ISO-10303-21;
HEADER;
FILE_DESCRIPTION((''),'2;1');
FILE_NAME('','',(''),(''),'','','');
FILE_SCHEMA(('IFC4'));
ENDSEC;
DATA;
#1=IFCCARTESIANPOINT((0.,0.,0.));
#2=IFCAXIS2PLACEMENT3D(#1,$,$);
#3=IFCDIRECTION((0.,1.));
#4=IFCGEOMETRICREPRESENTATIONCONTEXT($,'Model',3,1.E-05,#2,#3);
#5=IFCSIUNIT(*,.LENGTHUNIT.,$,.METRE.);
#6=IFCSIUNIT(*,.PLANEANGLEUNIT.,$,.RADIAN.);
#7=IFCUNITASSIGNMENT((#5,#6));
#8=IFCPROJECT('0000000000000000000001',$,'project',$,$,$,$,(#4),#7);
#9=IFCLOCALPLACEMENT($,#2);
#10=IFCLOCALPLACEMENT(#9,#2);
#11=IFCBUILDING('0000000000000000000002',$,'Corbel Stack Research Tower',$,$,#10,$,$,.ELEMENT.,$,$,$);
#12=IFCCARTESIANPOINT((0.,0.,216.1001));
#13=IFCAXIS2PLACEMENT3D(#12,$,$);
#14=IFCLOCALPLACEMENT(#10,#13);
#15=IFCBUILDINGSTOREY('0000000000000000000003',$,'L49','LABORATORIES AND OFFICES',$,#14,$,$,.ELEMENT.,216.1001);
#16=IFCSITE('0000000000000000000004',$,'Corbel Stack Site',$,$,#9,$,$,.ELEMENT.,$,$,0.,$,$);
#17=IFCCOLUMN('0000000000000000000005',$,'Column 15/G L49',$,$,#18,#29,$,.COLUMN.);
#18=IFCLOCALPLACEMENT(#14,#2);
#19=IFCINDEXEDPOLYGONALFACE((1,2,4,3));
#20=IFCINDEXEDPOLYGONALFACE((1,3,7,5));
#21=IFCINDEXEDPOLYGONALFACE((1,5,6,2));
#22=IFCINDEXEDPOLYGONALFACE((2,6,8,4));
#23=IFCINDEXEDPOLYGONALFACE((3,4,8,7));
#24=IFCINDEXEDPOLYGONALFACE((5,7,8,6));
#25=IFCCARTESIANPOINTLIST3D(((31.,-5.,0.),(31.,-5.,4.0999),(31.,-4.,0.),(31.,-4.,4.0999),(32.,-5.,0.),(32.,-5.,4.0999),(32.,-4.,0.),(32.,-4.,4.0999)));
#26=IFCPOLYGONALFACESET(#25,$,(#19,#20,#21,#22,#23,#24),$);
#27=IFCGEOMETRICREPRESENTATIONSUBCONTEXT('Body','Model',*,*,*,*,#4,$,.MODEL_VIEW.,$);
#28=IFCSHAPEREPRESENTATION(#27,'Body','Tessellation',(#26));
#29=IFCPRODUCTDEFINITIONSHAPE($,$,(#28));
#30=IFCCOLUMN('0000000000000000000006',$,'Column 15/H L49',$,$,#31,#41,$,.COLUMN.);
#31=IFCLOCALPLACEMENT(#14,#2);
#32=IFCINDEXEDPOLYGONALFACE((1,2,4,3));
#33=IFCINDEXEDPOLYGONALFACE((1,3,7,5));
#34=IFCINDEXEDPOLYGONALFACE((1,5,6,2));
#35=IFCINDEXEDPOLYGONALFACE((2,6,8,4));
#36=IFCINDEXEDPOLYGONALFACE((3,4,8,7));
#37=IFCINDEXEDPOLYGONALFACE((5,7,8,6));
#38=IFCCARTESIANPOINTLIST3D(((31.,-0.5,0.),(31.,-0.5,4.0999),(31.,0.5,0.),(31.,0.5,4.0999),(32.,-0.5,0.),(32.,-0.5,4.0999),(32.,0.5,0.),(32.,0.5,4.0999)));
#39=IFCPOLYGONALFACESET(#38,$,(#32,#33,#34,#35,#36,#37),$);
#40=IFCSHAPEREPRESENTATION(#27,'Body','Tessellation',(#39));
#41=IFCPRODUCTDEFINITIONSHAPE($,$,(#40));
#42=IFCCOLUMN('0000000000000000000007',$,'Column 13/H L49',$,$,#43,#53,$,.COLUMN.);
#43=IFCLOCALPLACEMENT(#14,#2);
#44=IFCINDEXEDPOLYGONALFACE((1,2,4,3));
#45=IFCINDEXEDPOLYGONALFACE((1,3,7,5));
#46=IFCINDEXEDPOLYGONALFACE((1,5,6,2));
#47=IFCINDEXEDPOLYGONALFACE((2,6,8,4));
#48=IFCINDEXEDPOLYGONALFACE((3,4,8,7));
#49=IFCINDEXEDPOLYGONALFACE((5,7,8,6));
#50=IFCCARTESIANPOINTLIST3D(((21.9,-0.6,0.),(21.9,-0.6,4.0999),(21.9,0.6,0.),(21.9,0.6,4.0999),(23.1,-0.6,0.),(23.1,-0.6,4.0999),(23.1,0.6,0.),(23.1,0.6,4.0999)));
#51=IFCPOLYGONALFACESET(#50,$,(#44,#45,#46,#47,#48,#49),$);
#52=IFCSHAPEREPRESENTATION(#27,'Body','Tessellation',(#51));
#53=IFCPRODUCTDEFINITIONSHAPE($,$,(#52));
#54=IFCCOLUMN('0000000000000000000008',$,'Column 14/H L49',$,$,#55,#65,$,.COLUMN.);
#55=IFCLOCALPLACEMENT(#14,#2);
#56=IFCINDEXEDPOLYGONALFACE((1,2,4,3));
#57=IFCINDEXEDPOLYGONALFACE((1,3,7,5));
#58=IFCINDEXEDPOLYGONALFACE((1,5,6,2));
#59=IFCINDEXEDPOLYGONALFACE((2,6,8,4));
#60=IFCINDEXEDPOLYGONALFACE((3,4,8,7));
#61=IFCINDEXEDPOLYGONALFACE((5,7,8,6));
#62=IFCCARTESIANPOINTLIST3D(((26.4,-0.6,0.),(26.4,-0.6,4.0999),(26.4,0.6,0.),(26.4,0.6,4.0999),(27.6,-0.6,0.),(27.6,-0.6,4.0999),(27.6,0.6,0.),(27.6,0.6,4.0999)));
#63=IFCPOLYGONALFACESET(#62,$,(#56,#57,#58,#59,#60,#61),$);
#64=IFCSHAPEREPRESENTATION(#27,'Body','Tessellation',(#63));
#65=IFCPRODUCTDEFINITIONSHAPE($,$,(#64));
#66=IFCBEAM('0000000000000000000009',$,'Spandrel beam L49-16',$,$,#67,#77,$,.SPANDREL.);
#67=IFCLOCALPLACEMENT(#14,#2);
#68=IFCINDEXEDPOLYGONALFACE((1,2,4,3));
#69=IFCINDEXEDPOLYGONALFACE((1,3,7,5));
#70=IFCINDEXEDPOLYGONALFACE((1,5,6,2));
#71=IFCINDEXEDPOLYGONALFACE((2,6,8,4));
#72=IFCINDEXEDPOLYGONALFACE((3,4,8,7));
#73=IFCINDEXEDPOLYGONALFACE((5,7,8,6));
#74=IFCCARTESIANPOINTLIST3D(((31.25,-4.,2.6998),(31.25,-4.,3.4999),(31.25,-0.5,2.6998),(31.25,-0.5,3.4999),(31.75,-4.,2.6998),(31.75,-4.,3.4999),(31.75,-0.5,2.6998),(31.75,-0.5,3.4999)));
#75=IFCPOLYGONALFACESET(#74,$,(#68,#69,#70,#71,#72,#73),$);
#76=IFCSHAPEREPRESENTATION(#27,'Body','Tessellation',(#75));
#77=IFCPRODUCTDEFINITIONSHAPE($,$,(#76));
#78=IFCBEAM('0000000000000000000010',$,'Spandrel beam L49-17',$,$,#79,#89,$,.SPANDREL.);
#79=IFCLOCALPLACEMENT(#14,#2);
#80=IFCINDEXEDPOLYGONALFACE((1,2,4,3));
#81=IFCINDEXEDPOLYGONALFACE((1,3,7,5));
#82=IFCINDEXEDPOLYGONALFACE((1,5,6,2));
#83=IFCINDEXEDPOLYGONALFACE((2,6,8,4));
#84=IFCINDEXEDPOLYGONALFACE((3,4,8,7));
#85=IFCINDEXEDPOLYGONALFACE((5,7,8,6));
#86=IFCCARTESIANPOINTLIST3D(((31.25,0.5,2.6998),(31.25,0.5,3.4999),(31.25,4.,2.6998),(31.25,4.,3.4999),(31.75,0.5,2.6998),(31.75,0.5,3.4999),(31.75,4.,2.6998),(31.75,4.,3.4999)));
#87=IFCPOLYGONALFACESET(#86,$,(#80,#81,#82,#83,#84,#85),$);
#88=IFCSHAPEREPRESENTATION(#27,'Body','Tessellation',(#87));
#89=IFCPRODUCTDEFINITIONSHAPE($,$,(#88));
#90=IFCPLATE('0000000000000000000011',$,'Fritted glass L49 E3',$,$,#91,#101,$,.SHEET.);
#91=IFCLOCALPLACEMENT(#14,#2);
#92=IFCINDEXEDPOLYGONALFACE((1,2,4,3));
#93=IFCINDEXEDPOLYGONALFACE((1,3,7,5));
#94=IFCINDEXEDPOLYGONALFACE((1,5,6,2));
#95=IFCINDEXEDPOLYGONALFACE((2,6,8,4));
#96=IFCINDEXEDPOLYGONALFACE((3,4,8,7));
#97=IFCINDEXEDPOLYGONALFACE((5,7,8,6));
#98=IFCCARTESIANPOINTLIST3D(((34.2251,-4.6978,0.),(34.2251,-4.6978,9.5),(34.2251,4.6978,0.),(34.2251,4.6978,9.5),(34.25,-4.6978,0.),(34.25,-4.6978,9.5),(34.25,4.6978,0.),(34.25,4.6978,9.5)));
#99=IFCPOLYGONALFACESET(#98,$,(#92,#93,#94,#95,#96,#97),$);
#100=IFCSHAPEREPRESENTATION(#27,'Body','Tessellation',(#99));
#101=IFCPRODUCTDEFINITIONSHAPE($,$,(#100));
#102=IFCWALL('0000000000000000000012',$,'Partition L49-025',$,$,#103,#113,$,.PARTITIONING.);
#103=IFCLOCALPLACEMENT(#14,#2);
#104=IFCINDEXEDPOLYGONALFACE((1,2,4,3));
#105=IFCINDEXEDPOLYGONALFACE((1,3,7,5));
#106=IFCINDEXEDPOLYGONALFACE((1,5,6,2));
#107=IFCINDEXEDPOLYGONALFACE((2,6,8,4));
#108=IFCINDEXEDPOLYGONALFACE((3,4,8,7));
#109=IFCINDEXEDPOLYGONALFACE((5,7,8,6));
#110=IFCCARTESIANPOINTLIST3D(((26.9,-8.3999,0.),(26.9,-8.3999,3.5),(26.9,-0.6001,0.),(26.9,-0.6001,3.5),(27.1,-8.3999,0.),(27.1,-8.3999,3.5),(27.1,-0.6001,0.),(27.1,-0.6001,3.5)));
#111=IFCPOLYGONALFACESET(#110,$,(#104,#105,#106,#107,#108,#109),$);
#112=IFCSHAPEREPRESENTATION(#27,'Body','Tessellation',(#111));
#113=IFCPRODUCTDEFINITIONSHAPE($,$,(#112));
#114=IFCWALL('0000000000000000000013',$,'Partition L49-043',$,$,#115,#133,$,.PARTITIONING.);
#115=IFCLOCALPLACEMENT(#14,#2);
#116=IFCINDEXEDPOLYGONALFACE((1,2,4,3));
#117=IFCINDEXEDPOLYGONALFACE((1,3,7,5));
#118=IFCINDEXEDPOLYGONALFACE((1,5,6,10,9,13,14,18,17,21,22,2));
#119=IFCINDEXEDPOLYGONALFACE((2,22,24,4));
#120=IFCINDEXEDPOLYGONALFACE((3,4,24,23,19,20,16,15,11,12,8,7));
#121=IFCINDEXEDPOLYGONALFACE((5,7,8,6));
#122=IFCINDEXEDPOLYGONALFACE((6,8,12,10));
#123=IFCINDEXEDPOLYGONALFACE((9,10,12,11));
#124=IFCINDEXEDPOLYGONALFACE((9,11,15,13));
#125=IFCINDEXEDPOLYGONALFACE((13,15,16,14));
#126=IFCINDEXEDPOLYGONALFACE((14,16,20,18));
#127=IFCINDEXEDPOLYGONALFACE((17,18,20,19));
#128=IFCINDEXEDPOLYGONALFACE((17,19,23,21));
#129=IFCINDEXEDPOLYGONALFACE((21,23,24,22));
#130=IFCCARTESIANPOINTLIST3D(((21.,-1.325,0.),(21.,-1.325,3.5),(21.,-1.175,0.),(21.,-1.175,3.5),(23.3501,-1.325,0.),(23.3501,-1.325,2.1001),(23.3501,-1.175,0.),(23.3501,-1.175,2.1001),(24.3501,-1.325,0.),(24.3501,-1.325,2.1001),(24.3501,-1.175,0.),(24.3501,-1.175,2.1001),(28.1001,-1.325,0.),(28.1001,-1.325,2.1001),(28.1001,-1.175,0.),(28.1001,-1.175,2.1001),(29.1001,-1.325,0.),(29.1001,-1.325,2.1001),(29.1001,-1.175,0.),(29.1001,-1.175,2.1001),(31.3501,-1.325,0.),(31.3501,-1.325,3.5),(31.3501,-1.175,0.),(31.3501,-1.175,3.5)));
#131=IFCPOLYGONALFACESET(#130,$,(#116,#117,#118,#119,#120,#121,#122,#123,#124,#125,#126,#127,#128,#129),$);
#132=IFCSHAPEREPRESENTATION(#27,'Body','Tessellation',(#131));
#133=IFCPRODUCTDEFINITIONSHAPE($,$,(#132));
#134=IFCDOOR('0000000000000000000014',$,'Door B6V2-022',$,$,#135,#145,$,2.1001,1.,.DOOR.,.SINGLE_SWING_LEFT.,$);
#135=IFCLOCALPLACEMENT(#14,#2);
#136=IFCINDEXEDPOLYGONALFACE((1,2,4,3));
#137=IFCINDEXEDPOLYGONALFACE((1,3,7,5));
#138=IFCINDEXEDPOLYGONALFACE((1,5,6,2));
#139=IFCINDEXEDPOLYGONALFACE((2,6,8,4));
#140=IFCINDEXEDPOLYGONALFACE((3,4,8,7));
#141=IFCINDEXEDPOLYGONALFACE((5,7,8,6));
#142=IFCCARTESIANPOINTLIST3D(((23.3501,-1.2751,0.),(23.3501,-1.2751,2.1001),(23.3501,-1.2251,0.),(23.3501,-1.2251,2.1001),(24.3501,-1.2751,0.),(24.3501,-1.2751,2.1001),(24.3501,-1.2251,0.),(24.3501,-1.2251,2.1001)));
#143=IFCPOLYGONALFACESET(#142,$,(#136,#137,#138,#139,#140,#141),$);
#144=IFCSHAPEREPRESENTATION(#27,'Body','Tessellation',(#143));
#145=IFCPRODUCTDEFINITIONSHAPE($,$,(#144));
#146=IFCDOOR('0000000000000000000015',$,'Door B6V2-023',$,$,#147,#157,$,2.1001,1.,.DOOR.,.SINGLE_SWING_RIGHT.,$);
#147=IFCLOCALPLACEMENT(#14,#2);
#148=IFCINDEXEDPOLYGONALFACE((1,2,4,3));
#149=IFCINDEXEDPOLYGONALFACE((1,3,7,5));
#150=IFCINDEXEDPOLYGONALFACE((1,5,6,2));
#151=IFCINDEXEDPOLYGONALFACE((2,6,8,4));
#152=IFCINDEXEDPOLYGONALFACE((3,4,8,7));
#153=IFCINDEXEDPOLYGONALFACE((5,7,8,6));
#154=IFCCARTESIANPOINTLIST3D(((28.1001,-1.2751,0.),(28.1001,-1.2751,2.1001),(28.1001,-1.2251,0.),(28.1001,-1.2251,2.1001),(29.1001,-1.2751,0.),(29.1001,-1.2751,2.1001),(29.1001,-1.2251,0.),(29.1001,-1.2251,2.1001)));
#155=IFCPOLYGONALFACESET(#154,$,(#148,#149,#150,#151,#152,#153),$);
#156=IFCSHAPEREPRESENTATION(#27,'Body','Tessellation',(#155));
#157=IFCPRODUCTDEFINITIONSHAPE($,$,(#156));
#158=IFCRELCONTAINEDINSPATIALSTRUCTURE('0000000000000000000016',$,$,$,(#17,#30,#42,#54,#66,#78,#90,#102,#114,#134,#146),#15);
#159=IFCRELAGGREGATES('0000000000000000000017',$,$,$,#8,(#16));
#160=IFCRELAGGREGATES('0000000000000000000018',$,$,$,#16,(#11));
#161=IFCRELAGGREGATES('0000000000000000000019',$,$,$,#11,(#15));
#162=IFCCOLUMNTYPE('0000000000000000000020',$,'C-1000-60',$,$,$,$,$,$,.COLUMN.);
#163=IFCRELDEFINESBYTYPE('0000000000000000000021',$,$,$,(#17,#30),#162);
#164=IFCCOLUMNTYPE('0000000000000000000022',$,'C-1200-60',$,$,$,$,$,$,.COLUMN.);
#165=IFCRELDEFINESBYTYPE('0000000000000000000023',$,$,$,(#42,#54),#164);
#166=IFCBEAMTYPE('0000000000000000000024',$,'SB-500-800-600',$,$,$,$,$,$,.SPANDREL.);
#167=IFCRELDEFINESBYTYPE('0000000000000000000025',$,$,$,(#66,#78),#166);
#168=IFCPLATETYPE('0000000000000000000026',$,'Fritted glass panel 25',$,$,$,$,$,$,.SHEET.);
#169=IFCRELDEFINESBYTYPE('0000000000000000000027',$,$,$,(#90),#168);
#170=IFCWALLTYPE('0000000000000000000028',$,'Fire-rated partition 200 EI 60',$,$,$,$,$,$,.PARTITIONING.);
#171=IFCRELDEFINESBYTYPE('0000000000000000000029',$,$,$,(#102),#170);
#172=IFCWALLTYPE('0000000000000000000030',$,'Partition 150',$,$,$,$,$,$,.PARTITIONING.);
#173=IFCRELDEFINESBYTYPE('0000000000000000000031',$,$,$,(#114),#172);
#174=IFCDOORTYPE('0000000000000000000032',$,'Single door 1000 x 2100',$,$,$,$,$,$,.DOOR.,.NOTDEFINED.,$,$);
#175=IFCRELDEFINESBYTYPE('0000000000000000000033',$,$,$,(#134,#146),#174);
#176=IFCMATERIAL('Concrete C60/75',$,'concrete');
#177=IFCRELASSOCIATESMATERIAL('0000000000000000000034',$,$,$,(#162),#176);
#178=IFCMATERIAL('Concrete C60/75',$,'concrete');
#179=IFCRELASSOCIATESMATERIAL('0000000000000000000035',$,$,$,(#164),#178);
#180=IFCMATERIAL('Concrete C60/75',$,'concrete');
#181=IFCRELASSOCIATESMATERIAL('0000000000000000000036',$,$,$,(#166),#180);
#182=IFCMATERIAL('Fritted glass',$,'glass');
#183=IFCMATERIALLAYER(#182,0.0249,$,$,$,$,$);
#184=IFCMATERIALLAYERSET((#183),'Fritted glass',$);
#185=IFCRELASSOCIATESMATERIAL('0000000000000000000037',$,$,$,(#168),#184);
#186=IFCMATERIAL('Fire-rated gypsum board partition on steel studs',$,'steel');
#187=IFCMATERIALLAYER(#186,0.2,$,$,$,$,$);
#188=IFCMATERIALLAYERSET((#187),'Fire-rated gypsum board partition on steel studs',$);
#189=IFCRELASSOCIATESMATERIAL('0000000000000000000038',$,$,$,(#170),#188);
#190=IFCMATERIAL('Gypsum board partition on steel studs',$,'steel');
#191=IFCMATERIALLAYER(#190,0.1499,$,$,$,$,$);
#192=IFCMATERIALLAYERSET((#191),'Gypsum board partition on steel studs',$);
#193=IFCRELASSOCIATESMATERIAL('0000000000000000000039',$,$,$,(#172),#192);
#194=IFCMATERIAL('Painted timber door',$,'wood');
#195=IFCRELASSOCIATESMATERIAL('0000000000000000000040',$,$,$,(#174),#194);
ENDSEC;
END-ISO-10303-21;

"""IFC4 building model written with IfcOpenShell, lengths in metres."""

from ifc_helpers import new_model, si_unit, direction, frame, frame_2d, origin, origin_2d, place, context, subcontext, project, spatial, rectangle, extrude, material, layer, layer_set, material_profile, profile_set, type_object, element, fill, save


model = new_model("IFC4")

# Units and contexts
model_context = context("Model", 3, precision=1e-05, world=origin(), true_north=direction((0.0, 1.0)))
body_context = subcontext(model_context, "Body", "Model", "MODEL_VIEW")
ifc_project = project(units=[si_unit("LENGTHUNIT", "METRE"), si_unit("PLANEANGLEUNIT", "RADIAN")], contexts=[model_context])

# Site, building, storey
site_placement = place(None, origin())
site = spatial("IfcSite", under=ifc_project, at=site_placement, Name="Corbel Stack Site", CompositionType="ELEMENT", RefElevation=0.0)
building_placement = place(site_placement, origin())
building = spatial("IfcBuilding", under=site, at=building_placement, Name="Corbel Stack Research Tower", CompositionType="ELEMENT")
storey_placement = place(building_placement, frame((0.0, 0.0, 216.1001)))
storey = spatial("IfcBuildingStorey", under=building, at=storey_placement, Name="L49", Description="LABORATORIES AND OFFICES", CompositionType="ELEMENT", Elevation=216.1001)

# Columns
ifc_material_1 = material(Name="Concrete C60/75", Category="concrete")
ifc_material_profile_1 = material_profile(ifc_material_1, rectangle(XDim=1.0, YDim=1.0, at=origin_2d()), Name="RC 1000 x 1000")
ifc_profile_set_1 = profile_set([ifc_material_profile_1], Name="Concrete C60/75")
column_type_1 = type_object("IfcColumnType", Name="C-1000-60", PredefinedType="COLUMN", material=ifc_profile_set_1)
for number, where, z_axis, x_axis, name in (
    (1, (31.5, -4.5, 0.0), (0.0, 0.0, 1.0), (1.0, 0.0, 0.0), "Column 15/G L49"),
    (2, (31.5, 0.0, 0.0), (0.0, 0.0, 1.0), (1.0, 0.0, 0.0), "Column 15/H L49"),
):
    element("IfcColumn", number, at=place(storey_placement, frame(where, z_axis=z_axis, x_axis=x_axis)), inside=storey, type_object=column_type_1, Name=name, PredefinedType="COLUMN", context=body_context, shape_type="SweptSolid", body=[
        extrude(rectangle(XDim=1.0, YDim=1.0, at=origin_2d()), origin(), (0.0, 0.0, 1.0), 4.0999),
    ])
ifc_material_2 = material(Name="Concrete C60/75", Category="concrete")
ifc_material_profile_2 = material_profile(ifc_material_2, rectangle(XDim=1.2, YDim=1.2, at=origin_2d()), Name="RC 1200 x 1200")
ifc_profile_set_2 = profile_set([ifc_material_profile_2], Name="Concrete C60/75")
column_type_2 = type_object("IfcColumnType", Name="C-1200-60", PredefinedType="COLUMN", material=ifc_profile_set_2)
for number, where, z_axis, x_axis, name in (
    (3, (22.5, 0.0, 0.0), (0.0, 0.0, 1.0), (1.0, 0.0, 0.0), "Column 13/H L49"),
    (4, (27.0, 0.0, 0.0), (0.0, 0.0, 1.0), (1.0, 0.0, 0.0), "Column 14/H L49"),
):
    element("IfcColumn", number, at=place(storey_placement, frame(where, z_axis=z_axis, x_axis=x_axis)), inside=storey, type_object=column_type_2, Name=name, PredefinedType="COLUMN", context=body_context, shape_type="SweptSolid", body=[
        extrude(rectangle(XDim=1.2, YDim=1.2, at=origin_2d()), origin(), (0.0, 0.0, 1.0), 4.0999),
    ])

# Beams
ifc_material_3 = material(Name="Concrete C60/75", Category="concrete")
ifc_material_profile_3 = material_profile(ifc_material_3, rectangle(XDim=0.5, YDim=0.8, at=origin_2d()), Name="RC 500 x 800")
ifc_profile_set_3 = profile_set([ifc_material_profile_3], Name="Concrete C60/75")
beam_type = type_object("IfcBeamType", Name="SB-500-800-600", PredefinedType="SPANDREL", material=ifc_profile_set_3)
for number, where, z_axis, x_axis, name in (
    (5, (31.5, -4.0, 3.0999), (0.0, 1.0, 0.0), (-1.0, 0.0, 0.0), "Spandrel beam L49-16"),
    (6, (31.5, 0.5, 3.0999), (0.0, 1.0, 0.0), (-1.0, 0.0, 0.0), "Spandrel beam L49-17"),
):
    element("IfcBeam", number, at=place(storey_placement, frame(where, z_axis=z_axis, x_axis=x_axis)), inside=storey, type_object=beam_type, Name=name, PredefinedType="SPANDREL", context=body_context, shape_type="SweptSolid", body=[
        extrude(rectangle(XDim=0.5, YDim=0.8, at=origin_2d()), origin(), (0.0, 0.0, 1.0), 3.5),
    ])

# Plate
ifc_material_4 = material(Name="Fritted glass", Category="glass")
ifc_layer_1 = layer(ifc_material_4, 0.0249)
ifc_layer_set_1 = layer_set([ifc_layer_1], Name="Fritted glass")
plate_type = type_object("IfcPlateType", Name="Fritted glass panel 25", PredefinedType="SHEET", material=ifc_layer_set_1)
plate_placement = place(storey_placement, frame((34.2375, 0.0, 0.0), z_axis=(0.0, 0.0, 1.0), x_axis=(0.0, 1.0, 0.0)))
element("IfcPlate", 7, at=plate_placement, inside=storey, type_object=plate_type, Name="Fritted glass L49 E3", PredefinedType="SHEET", context=body_context, shape_type="SweptSolid", body=[
    extrude(rectangle(XDim=9.3955, YDim=0.0249, at=origin_2d()), origin(), (0.0, 0.0, 1.0), 9.5),
])

# Wall
ifc_material_5 = material(Name="Fire-rated gypsum board partition on steel studs", Category="steel")
ifc_layer_2 = layer(ifc_material_5, 0.2)
ifc_layer_set_2 = layer_set([ifc_layer_2], Name="Fire-rated gypsum board partition on steel studs")
wall_type_1 = type_object("IfcWallType", Name="Fire-rated partition 200 EI 60", PredefinedType="PARTITIONING", material=ifc_layer_set_2)
wall_1_placement = place(storey_placement, frame((27.0, -8.3999, 0.0), z_axis=(0.0, 0.0, 1.0), x_axis=(0.0, 1.0, 0.0)))
element("IfcWall", 8, at=wall_1_placement, inside=storey, type_object=wall_type_1, Name="Partition L49-025", PredefinedType="PARTITIONING", context=body_context, shape_type="SweptSolid", body=[
    extrude(rectangle(XDim=7.7998, YDim=0.2, at=frame_2d((3.8999, 0.0))), origin(), (0.0, 0.0, 1.0), 3.5),
])

# Wall, openings, doors
ifc_material_6 = material(Name="Gypsum board partition on steel studs", Category="steel")
ifc_layer_3 = layer(ifc_material_6, 0.1499)
ifc_layer_set_3 = layer_set([ifc_layer_3], Name="Gypsum board partition on steel studs")
wall_type_2 = type_object("IfcWallType", Name="Partition 150", PredefinedType="PARTITIONING", material=ifc_layer_set_3)
wall_2_placement = place(storey_placement, frame((21.0, -1.25, 0.0), z_axis=(0.0, 0.0, 1.0), x_axis=(1.0, 0.0, 0.0)))
wall_2 = element("IfcWall", 9, at=wall_2_placement, inside=storey, type_object=wall_type_2, Name="Partition L49-043", PredefinedType="PARTITIONING", context=body_context, shape_type="SweptSolid", body=[
    extrude(rectangle(XDim=10.3501, YDim=0.1499, at=frame_2d((5.175, 0.0))), origin(), (0.0, 0.0, 1.0), 3.5),
])
opening_1_placement = place(wall_2_placement, frame((2.3501, 0.0, 0.0)))
opening_1 = element("IfcOpeningElement", 10, at=opening_1_placement, cuts=wall_2, PredefinedType="OPENING", context=body_context, shape_type="SweptSolid", body=[
    extrude(rectangle(XDim=1.0, YDim=2.1001, at=frame_2d((0.5, 1.05))), frame((0.0, 0.085, 0.0), z_axis=(0.0, -1.0, 0.0), x_axis=(1.0, 0.0, 0.0)), (0.0, 0.0, 1.0), 0.1699),
])
opening_2_placement = place(wall_2_placement, frame((7.1001, 0.0, 0.0)))
opening_2 = element("IfcOpeningElement", 11, at=opening_2_placement, cuts=wall_2, PredefinedType="OPENING", context=body_context, shape_type="SweptSolid", body=[
    extrude(rectangle(XDim=1.0, YDim=2.1001, at=frame_2d((0.5, 1.05))), frame((0.0, 0.085, 0.0), z_axis=(0.0, -1.0, 0.0), x_axis=(1.0, 0.0, 0.0)), (0.0, 0.0, 1.0), 0.1699),
])
ifc_material_7 = material(Name="Painted timber door", Category="wood")
door_type = type_object("IfcDoorType", Name="Single door 1000 x 2100", OperationType="NOTDEFINED", PredefinedType="DOOR", material=ifc_material_7)
door_1_placement = place(opening_1_placement, origin())
door_1 = element("IfcDoor", 12, at=door_1_placement, inside=storey, type_object=door_type, Name="Door B6V2-022", OperationType="SINGLE_SWING_LEFT", OverallHeight=2.1001, OverallWidth=1.0, PredefinedType="DOOR", context=body_context, shape_type="SweptSolid", body=[
    extrude(rectangle(XDim=1.0, YDim=2.1001, at=frame_2d((0.5, 1.05))), frame((0.0, 0.0249, 0.0), z_axis=(0.0, -1.0, 0.0), x_axis=(1.0, 0.0, 0.0)), (0.0, 0.0, 1.0), 0.05),
])
fill(opening_1, door_1)
door_2_placement = place(opening_2_placement, origin())
door_2 = element("IfcDoor", 13, at=door_2_placement, inside=storey, type_object=door_type, Name="Door B6V2-023", OperationType="SINGLE_SWING_RIGHT", OverallHeight=2.1001, OverallWidth=1.0, PredefinedType="DOOR", context=body_context, shape_type="SweptSolid", body=[
    extrude(rectangle(XDim=1.0, YDim=2.1001, at=frame_2d((0.5, 1.05))), frame((0.0, 0.0249, 0.0), z_axis=(0.0, -1.0, 0.0), x_axis=(1.0, 0.0, 0.0)), (0.0, 0.0, 1.0), 0.05),
])
fill(opening_2, door_2)

save(model, "model.ifc")
